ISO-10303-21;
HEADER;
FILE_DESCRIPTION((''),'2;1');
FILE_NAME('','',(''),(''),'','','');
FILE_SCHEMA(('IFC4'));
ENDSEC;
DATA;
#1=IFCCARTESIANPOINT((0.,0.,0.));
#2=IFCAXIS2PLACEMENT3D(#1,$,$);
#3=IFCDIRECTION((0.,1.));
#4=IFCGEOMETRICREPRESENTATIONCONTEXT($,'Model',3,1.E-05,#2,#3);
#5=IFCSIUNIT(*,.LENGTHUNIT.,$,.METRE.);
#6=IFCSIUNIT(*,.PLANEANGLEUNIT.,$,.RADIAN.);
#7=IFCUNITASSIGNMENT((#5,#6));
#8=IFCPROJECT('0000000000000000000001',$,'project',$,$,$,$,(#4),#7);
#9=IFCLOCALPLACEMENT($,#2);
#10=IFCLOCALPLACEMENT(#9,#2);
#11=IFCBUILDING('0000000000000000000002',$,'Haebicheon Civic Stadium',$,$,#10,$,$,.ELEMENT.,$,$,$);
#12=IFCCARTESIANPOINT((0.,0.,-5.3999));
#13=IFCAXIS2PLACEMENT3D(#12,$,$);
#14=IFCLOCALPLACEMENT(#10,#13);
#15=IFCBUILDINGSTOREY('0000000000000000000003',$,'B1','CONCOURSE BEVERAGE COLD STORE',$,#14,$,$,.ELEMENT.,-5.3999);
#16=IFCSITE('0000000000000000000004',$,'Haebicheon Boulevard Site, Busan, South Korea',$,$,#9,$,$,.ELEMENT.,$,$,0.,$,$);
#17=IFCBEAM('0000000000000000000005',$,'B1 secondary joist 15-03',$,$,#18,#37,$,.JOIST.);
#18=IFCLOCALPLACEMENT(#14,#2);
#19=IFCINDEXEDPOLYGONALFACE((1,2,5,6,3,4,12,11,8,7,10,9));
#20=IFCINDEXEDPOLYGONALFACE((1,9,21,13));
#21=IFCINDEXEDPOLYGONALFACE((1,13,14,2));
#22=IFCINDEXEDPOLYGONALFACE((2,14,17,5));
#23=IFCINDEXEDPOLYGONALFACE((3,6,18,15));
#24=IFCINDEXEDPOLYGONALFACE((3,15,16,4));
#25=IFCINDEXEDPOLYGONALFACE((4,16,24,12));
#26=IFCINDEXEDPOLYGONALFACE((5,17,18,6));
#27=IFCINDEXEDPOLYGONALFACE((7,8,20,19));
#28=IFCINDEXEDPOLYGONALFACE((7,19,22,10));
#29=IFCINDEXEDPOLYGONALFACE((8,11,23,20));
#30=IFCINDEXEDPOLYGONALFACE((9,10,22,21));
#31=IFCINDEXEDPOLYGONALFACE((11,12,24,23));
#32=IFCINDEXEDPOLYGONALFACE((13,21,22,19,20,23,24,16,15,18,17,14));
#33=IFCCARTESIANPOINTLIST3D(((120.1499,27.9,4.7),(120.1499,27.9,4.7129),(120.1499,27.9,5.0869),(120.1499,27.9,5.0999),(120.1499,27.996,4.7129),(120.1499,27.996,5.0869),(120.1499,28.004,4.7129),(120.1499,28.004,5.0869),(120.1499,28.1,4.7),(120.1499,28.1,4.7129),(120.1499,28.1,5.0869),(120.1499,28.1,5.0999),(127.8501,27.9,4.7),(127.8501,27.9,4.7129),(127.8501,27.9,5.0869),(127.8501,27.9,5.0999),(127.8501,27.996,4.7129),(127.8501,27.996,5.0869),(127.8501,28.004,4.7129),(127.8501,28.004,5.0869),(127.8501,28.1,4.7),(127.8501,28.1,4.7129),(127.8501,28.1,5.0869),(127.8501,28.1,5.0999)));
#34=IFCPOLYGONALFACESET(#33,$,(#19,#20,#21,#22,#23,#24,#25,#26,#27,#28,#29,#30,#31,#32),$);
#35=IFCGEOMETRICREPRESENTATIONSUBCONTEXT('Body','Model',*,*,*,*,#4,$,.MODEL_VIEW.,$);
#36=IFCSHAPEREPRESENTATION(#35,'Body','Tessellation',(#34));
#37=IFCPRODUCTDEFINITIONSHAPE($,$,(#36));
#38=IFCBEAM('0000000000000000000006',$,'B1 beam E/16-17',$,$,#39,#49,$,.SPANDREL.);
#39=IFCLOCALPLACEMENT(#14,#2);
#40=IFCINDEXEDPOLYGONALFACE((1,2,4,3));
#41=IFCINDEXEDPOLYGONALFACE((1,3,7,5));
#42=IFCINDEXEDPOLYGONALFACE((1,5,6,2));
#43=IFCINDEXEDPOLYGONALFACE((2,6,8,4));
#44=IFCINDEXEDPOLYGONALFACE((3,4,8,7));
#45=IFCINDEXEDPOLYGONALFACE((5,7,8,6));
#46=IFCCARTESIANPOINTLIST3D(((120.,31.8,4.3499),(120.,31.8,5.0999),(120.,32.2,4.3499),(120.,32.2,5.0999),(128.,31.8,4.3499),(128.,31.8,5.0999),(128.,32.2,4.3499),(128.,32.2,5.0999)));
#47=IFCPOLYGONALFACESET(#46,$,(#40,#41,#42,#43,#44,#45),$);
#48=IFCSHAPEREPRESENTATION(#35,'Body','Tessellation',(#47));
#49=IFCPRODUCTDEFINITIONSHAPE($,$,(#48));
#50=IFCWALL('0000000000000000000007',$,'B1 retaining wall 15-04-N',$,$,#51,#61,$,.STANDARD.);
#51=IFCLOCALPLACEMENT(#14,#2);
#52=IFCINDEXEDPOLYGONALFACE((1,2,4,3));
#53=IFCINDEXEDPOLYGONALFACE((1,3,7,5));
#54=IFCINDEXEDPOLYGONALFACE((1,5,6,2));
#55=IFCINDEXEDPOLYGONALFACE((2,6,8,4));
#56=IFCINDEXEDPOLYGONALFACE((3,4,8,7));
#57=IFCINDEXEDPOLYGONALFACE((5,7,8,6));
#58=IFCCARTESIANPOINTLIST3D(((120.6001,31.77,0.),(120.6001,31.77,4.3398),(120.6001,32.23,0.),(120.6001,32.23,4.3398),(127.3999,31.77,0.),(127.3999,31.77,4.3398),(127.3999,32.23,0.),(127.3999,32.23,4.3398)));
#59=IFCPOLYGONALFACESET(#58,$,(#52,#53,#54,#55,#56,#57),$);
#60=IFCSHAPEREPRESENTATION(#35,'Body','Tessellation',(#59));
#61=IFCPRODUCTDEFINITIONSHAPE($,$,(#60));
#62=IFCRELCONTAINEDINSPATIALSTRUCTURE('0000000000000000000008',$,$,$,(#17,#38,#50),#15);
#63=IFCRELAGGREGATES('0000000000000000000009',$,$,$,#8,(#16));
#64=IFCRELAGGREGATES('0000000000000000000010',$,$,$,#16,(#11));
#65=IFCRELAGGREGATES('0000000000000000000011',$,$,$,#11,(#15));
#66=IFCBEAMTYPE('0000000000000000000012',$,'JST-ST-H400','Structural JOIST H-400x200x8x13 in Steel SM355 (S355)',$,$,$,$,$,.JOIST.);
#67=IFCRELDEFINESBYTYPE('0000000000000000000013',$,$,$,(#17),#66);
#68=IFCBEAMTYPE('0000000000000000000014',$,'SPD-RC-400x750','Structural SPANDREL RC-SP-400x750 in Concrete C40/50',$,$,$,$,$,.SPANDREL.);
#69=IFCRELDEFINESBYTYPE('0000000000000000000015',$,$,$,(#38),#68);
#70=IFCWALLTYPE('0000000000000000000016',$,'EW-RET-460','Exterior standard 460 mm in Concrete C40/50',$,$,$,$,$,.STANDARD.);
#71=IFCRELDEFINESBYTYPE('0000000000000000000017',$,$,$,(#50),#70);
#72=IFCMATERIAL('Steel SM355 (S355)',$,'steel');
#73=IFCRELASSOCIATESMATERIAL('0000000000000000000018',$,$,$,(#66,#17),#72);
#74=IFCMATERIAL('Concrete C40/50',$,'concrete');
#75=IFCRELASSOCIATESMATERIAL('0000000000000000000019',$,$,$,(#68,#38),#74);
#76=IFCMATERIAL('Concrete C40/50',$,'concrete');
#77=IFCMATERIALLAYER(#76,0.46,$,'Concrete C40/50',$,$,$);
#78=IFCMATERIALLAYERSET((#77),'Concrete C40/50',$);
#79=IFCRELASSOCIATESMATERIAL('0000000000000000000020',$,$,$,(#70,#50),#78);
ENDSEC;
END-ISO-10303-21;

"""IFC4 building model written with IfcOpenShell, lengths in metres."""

from ifc_helpers import new_model, si_unit, direction, frame, frame_2d, origin, origin_2d, place, context, subcontext, project, spatial, rectangle, i_section, extrude, material, layer, layer_set, material_profile, profile_set, type_object, element, save


model = new_model("IFC4")

# Units and contexts
model_context = context("Model", 3, precision=1e-05, world=origin(), true_north=direction((0.0, 1.0)))
body_context = subcontext(model_context, "Body", "Model", "MODEL_VIEW")
ifc_project = project(units=[si_unit("LENGTHUNIT", "METRE"), si_unit("PLANEANGLEUNIT", "RADIAN")], contexts=[model_context])

# Site, building, storey
site_placement = place(None, origin())
site = spatial("IfcSite", under=ifc_project, at=site_placement, Name="Haebicheon Boulevard Site, Busan, South Korea", CompositionType="ELEMENT", RefElevation=0.0)
building_placement = place(site_placement, origin())
building = spatial("IfcBuilding", under=site, at=building_placement, Name="Haebicheon Civic Stadium", CompositionType="ELEMENT")
storey_placement = place(building_placement, frame((0.0, 0.0, -5.3999)))
storey = spatial("IfcBuildingStorey", under=building, at=storey_placement, Name="B1", Description="CONCOURSE BEVERAGE COLD STORE", CompositionType="ELEMENT", Elevation=-5.3999)

# Beams
ifc_material_1 = material(Name="Steel SM355 (S355)", Category="steel")
ifc_material_profile_1 = material_profile(ifc_material_1, i_section(OverallWidth=0.2, OverallDepth=0.3999, WebThickness=0.0081, FlangeThickness=0.0129, at=origin_2d()), Name="H-400x200x8x13")
ifc_profile_set_1 = profile_set([ifc_material_profile_1], Name="Steel SM355 (S355)")
beam_type_1 = type_object("IfcBeamType", Name="JST-ST-H400", Description="Structural JOIST H-400x200x8x13 in Steel SM355 (S355)", PredefinedType="JOIST", material=ifc_profile_set_1)
beam_1_placement = place(storey_placement, frame((120.1499, 28.0, 4.8999), z_axis=(1.0, 0.0, 0.0), x_axis=(0.0, 1.0, 0.0)))
element("IfcBeam", 1, at=beam_1_placement, inside=storey, type_object=beam_type_1, material=ifc_profile_set_1, Name="B1 secondary joist 15-03", PredefinedType="JOIST", context=body_context, shape_type="SweptSolid", body=[
    extrude(i_section(OverallWidth=0.2, OverallDepth=0.3999, WebThickness=0.0081, FlangeThickness=0.0129, at=origin_2d()), origin(), (0.0, 0.0, 1.0), 7.7002),
])
ifc_material_2 = material(Name="Concrete C40/50", Category="concrete")
ifc_material_profile_2 = material_profile(ifc_material_2, rectangle(XDim=0.3999, YDim=0.75, at=origin_2d()), Name="RC-SP-400x750")
ifc_profile_set_2 = profile_set([ifc_material_profile_2], Name="Concrete C40/50")
beam_type_2 = type_object("IfcBeamType", Name="SPD-RC-400x750", Description="Structural SPANDREL RC-SP-400x750 in Concrete C40/50", PredefinedType="SPANDREL", material=ifc_profile_set_2)
beam_2_placement = place(storey_placement, frame((120.0, 32.0, 4.7249), z_axis=(1.0, 0.0, 0.0), x_axis=(0.0, 1.0, 0.0)))
element("IfcBeam", 2, at=beam_2_placement, inside=storey, type_object=beam_type_2, material=ifc_profile_set_2, Name="B1 beam E/16-17", PredefinedType="SPANDREL", context=body_context, shape_type="SweptSolid", body=[
    extrude(rectangle(XDim=0.3999, YDim=0.75, at=origin_2d()), origin(), (0.0, 0.0, 1.0), 8.0),
])

# Wall
ifc_material_3 = material(Name="Concrete C40/50", Category="concrete")
ifc_layer_1 = layer(ifc_material_3, 0.46, Name="Concrete C40/50")
ifc_layer_set_1 = layer_set([ifc_layer_1], Name="Concrete C40/50")
wall_type = type_object("IfcWallType", Name="EW-RET-460", Description="Exterior standard 460 mm in Concrete C40/50", PredefinedType="STANDARD", material=ifc_layer_set_1)
wall_placement = place(storey_placement, frame((120.6001, 32.0, 0.0), z_axis=(0.0, 0.0, 1.0), x_axis=(1.0, 0.0, 0.0)))
element("IfcWall", 3, at=wall_placement, inside=storey, type_object=wall_type, material=ifc_layer_set_1, Name="B1 retaining wall 15-04-N", PredefinedType="STANDARD", context=body_context, shape_type="SweptSolid", body=[
    extrude(rectangle(XDim=6.7998, YDim=0.46, at=frame_2d((3.3999, 0.0))), origin(), (0.0, 0.0, 1.0), 4.3398),
])

save(model, "model.ifc")
